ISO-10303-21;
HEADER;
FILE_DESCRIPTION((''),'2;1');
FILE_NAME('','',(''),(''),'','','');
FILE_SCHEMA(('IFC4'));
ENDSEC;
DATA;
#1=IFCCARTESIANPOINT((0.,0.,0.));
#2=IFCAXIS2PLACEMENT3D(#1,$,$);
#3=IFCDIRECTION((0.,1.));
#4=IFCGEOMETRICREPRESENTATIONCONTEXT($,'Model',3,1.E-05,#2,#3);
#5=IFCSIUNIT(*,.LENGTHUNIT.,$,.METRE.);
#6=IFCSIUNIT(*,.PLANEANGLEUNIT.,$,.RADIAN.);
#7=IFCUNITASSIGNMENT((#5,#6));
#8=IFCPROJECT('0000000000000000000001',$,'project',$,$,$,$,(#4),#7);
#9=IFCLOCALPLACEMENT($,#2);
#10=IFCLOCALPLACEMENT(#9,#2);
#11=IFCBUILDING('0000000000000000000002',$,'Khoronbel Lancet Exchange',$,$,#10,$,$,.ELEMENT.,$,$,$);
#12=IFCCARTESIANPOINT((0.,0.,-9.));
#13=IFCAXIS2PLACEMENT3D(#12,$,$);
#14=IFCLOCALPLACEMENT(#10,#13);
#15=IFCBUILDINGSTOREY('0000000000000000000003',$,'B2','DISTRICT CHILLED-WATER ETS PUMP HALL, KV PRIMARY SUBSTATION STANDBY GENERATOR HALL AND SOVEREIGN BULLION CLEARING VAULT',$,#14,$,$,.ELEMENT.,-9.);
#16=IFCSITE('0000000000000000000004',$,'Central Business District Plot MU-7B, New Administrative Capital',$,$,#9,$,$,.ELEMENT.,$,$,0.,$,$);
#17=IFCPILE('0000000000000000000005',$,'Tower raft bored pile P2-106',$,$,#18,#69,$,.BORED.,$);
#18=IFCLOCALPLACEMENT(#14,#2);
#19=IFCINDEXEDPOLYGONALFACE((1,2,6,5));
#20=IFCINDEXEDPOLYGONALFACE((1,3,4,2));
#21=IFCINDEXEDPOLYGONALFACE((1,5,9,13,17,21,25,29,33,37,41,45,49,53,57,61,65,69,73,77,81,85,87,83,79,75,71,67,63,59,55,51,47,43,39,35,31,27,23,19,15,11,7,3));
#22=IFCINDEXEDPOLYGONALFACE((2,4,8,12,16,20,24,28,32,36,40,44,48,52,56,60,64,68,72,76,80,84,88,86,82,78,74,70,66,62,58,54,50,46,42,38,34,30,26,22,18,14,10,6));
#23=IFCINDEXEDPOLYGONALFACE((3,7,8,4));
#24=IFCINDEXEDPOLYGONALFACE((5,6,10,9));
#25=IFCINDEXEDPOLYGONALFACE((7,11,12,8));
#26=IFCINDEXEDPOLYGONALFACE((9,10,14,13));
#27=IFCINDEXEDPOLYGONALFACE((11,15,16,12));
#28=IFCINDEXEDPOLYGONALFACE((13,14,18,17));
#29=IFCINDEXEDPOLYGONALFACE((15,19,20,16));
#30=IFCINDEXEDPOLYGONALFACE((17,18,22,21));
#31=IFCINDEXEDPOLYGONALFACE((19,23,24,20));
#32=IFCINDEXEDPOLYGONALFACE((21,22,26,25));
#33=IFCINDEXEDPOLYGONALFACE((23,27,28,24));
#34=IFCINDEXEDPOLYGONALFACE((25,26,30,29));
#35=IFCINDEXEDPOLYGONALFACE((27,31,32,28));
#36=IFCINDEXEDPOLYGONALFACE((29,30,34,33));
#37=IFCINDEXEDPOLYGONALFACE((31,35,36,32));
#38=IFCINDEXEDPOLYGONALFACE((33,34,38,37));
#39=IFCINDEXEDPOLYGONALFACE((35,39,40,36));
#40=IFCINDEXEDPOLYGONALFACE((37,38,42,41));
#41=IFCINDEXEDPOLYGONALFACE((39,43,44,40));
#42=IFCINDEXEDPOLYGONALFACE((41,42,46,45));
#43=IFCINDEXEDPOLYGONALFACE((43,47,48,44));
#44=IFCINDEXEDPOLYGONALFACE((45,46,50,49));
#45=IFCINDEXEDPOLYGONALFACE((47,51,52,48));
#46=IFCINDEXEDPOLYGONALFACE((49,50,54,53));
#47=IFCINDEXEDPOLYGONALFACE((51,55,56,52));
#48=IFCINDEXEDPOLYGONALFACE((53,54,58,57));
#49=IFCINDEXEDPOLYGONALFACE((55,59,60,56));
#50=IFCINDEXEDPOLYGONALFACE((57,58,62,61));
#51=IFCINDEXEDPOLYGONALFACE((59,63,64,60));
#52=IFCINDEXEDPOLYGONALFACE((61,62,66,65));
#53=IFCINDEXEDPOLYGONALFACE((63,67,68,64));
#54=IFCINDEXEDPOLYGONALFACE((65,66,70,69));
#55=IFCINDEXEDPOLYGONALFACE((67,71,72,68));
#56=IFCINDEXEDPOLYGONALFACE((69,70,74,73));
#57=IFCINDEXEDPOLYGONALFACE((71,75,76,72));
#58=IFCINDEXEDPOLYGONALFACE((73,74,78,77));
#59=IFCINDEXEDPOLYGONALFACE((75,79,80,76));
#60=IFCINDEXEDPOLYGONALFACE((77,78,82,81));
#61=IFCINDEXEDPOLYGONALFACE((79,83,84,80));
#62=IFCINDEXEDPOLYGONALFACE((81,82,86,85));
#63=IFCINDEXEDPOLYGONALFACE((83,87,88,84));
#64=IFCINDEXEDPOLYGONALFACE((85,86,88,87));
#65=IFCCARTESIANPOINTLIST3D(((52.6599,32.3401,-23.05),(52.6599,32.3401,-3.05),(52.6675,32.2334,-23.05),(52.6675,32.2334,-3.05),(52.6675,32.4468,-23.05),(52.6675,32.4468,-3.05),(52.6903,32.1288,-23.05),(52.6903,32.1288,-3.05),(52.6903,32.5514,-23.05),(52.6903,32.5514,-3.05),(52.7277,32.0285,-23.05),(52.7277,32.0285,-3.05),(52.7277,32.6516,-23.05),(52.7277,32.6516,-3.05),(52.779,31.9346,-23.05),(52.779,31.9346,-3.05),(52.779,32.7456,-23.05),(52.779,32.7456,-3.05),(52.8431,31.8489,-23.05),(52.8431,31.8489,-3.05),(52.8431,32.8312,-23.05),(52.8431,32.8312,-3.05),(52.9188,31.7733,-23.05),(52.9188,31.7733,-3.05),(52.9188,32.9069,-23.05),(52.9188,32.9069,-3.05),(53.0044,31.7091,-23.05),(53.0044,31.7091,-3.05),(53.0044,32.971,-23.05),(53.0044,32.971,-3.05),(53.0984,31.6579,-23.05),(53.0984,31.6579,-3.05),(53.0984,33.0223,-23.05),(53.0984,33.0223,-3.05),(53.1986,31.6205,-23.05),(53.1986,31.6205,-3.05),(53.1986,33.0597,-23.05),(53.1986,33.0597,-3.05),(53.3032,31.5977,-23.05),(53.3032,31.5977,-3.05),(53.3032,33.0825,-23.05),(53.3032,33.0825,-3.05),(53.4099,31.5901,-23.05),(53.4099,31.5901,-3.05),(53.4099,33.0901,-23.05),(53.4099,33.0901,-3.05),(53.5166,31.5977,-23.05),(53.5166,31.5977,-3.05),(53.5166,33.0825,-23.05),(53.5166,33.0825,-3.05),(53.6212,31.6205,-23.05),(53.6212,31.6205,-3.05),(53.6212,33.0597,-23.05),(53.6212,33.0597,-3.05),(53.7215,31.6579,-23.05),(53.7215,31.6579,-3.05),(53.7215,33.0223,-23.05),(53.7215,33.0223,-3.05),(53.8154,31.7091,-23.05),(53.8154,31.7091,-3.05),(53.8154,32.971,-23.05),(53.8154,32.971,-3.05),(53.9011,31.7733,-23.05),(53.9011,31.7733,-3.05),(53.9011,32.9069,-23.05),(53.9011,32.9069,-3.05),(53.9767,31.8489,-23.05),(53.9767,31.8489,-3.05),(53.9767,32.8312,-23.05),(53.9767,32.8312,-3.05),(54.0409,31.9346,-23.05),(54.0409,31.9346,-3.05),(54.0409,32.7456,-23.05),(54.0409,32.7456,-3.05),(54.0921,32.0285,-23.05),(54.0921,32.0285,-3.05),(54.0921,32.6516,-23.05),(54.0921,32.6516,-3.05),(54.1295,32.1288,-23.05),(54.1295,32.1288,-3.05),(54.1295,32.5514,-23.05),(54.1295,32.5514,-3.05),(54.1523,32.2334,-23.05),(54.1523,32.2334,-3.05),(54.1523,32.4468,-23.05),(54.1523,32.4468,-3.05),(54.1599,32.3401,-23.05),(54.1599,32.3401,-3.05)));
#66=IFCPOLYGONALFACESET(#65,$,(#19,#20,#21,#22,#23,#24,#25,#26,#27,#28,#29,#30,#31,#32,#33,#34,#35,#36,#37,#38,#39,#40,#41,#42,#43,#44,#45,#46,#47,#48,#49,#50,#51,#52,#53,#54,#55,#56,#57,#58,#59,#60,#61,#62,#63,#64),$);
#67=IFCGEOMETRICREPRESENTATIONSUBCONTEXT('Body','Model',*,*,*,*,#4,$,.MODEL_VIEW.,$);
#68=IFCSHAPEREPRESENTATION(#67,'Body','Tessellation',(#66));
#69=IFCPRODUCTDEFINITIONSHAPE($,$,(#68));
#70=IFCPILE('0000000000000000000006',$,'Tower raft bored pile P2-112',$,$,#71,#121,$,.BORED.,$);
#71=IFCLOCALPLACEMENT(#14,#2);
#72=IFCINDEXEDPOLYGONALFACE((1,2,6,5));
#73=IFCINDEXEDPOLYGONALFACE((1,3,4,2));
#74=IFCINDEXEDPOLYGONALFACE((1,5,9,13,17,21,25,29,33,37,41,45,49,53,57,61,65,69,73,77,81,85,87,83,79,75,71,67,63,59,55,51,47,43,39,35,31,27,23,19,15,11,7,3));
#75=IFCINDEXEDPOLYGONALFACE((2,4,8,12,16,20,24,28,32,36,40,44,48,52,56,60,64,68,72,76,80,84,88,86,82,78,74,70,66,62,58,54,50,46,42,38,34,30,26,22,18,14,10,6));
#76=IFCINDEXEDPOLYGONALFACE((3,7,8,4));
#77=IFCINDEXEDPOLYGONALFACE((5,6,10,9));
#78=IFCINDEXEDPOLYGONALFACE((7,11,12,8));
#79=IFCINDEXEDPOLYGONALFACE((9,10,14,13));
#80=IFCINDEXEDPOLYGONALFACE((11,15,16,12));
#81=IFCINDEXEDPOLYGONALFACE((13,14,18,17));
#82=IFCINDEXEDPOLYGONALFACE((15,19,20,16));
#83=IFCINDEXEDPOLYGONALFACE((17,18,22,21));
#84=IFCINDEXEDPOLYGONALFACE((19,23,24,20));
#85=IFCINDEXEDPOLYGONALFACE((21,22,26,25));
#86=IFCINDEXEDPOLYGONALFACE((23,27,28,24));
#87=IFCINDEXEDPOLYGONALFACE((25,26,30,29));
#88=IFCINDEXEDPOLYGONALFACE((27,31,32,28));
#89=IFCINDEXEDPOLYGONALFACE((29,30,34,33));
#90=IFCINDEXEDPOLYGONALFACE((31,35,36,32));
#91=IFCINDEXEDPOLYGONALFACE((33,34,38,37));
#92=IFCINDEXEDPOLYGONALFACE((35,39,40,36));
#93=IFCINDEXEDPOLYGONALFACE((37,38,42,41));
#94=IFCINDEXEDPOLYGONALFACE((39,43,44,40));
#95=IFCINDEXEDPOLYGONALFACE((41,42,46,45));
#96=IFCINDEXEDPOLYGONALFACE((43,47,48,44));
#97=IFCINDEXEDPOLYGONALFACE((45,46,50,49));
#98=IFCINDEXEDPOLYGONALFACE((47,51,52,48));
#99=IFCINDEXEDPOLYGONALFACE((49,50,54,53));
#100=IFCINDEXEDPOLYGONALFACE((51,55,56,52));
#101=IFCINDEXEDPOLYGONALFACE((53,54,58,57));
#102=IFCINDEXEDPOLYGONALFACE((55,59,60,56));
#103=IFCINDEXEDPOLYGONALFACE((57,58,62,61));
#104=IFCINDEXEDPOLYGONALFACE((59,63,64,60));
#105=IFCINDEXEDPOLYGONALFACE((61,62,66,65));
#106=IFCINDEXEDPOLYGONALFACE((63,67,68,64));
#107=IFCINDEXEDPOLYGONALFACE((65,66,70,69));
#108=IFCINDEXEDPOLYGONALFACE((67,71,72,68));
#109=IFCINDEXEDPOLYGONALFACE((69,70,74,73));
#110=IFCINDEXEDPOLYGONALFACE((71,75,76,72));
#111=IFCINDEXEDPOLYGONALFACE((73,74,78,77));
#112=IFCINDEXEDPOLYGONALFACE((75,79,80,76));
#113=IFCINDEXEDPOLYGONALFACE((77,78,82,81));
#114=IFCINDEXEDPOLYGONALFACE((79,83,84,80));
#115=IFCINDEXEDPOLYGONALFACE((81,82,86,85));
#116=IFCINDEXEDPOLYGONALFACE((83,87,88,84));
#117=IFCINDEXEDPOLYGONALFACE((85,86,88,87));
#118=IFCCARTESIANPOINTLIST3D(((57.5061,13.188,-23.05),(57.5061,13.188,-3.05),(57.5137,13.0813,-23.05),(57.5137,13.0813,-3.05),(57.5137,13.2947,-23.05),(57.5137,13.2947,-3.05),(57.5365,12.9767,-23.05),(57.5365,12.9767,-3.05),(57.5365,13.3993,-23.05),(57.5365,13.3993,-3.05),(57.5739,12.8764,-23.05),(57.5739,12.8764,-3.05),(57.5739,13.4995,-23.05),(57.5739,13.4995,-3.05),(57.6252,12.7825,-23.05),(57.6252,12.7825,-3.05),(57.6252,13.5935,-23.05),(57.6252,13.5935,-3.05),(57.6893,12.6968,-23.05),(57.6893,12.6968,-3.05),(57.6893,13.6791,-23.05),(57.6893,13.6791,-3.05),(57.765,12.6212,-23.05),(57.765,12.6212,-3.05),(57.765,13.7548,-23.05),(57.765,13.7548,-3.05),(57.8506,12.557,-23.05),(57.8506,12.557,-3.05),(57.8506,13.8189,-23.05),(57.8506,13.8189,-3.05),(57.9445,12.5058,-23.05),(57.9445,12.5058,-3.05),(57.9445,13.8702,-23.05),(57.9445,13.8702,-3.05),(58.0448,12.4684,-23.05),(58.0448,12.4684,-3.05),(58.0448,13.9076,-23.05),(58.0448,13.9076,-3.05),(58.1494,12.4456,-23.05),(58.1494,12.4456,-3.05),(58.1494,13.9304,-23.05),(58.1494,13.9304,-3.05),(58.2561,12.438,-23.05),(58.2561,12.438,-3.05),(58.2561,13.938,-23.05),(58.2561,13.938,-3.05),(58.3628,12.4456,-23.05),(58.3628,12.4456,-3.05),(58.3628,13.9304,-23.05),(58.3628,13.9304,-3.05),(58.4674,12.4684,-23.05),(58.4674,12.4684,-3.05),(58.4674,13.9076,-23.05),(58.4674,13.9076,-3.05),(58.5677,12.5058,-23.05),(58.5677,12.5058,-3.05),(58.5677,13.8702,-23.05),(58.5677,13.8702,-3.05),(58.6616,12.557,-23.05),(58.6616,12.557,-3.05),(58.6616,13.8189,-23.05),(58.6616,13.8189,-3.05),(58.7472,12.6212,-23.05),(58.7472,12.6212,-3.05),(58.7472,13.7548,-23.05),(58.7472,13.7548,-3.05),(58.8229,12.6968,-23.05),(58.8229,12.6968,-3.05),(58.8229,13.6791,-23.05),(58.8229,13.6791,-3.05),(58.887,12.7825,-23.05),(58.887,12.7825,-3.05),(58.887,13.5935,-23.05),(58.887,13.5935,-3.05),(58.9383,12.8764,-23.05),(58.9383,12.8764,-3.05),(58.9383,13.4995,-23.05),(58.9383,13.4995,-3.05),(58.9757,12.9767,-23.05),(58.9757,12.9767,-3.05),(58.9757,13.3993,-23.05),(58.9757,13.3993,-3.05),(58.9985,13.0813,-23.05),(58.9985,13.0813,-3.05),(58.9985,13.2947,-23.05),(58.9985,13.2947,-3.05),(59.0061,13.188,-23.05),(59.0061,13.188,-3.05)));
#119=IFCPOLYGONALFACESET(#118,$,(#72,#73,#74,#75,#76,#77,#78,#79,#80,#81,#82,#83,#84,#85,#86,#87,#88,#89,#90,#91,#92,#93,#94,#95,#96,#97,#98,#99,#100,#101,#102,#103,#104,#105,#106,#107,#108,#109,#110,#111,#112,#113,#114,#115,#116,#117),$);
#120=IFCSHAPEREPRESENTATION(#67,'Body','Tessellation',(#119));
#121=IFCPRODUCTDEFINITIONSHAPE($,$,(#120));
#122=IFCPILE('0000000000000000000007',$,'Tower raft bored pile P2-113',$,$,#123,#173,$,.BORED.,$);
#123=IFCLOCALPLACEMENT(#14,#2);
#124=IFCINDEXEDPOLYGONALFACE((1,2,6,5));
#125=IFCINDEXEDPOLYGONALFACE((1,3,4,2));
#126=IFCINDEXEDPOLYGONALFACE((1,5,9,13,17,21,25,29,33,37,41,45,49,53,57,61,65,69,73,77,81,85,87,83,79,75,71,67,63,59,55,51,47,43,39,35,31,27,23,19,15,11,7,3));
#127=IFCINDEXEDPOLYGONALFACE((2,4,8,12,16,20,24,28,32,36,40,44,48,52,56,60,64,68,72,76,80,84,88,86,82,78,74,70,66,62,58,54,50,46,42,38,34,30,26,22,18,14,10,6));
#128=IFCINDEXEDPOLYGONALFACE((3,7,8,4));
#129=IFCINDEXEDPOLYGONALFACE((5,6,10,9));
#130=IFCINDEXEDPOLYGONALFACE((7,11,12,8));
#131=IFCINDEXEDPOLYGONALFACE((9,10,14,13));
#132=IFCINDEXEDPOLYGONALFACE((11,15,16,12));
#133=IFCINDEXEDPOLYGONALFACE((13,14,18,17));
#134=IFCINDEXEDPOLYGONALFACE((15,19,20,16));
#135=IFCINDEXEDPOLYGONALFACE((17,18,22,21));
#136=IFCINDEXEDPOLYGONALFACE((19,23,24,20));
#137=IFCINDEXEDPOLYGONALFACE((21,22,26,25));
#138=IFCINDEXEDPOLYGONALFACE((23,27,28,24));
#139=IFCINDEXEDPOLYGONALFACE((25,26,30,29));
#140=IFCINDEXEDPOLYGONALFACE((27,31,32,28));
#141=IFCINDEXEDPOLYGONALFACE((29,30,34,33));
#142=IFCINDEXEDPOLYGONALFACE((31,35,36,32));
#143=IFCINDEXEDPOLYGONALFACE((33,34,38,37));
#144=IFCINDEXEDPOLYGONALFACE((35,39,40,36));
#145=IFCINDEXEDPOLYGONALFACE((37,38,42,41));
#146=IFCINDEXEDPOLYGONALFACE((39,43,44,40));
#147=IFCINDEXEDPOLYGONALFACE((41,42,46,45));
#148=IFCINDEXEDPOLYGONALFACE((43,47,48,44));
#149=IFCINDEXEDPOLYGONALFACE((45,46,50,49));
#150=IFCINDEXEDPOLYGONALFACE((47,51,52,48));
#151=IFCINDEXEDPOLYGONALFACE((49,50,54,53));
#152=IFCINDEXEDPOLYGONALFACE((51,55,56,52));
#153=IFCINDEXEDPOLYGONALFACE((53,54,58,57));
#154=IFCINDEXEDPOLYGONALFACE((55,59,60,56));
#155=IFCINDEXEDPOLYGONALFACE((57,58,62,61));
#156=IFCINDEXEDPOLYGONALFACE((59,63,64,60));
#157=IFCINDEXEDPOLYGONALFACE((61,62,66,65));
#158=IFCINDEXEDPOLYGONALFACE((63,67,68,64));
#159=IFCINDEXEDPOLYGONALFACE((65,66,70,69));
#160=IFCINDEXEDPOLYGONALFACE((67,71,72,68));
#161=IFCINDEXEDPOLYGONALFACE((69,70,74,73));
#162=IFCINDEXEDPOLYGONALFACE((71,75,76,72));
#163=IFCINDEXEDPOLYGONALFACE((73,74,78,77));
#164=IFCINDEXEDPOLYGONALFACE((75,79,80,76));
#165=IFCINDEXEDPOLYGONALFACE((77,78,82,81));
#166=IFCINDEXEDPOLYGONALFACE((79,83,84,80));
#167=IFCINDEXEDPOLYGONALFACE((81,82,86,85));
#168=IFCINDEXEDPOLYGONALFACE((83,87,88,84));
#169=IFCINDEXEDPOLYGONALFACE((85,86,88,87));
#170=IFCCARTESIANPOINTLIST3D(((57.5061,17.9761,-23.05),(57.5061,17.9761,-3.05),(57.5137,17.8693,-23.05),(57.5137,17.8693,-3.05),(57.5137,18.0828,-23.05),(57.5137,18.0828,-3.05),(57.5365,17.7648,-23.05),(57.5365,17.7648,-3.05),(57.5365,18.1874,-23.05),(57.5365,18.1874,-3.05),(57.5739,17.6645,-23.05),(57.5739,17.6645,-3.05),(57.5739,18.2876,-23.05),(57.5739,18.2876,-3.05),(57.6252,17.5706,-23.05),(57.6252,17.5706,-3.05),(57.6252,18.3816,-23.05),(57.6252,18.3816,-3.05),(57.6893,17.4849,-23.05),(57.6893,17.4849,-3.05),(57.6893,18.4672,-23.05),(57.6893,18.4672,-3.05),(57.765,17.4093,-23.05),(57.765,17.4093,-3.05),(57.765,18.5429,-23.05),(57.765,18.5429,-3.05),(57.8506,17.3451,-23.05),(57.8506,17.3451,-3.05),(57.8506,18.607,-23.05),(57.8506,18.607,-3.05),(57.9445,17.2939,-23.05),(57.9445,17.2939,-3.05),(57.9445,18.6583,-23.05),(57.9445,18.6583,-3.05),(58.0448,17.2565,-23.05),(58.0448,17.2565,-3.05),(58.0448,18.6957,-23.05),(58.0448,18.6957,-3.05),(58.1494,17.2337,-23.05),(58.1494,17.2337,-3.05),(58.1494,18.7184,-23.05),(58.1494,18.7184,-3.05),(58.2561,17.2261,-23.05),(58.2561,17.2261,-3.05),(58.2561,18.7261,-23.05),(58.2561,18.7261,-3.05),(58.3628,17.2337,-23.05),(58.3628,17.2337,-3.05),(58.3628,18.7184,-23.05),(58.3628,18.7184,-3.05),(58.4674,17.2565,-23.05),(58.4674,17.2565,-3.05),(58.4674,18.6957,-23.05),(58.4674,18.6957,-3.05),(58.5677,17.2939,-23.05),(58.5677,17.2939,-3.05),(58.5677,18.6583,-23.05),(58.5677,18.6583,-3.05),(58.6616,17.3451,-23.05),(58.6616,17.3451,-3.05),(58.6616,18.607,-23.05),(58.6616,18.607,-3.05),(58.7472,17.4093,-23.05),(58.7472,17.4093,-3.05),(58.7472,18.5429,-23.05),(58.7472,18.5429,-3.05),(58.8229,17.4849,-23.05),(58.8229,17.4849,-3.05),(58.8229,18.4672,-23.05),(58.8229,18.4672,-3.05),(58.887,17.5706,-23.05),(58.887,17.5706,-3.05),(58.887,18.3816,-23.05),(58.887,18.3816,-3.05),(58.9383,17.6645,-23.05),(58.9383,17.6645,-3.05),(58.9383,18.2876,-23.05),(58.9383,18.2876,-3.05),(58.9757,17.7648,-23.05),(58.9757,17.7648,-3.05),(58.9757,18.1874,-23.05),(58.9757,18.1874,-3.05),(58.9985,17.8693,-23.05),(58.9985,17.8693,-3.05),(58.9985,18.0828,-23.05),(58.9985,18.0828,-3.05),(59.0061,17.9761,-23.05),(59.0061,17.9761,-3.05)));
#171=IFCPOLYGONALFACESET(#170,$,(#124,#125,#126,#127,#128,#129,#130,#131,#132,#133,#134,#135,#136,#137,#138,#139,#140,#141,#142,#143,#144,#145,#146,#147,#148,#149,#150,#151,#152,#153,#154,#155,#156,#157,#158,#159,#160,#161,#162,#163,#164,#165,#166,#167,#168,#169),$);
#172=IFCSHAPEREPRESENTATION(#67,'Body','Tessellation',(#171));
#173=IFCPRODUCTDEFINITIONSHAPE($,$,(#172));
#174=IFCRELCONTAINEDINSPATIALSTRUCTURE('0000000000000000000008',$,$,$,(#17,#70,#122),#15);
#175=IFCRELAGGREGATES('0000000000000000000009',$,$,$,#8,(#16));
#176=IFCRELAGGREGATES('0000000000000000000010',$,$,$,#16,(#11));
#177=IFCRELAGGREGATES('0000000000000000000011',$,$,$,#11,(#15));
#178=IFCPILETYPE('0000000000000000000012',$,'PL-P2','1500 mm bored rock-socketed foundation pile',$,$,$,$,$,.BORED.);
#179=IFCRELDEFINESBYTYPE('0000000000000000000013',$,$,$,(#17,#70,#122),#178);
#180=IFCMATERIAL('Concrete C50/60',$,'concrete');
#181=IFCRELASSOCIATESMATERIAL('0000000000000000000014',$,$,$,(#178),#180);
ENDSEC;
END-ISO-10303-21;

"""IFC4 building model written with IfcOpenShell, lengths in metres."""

from ifc_helpers import new_model, si_unit, direction, frame, origin, origin_2d, place, context, subcontext, project, spatial, circle, extrude, material, material_profile, profile_set, type_object, element, save


model = new_model("IFC4")

# Units and contexts
model_context = context("Model", 3, precision=1e-05, world=origin(), true_north=direction((0.0, 1.0)))
body_context = subcontext(model_context, "Body", "Model", "MODEL_VIEW")
ifc_project = project(units=[si_unit("LENGTHUNIT", "METRE"), si_unit("PLANEANGLEUNIT", "RADIAN")], contexts=[model_context])

# Site, building, storey
site_placement = place(None, origin())
site = spatial("IfcSite", under=ifc_project, at=site_placement, Name="Central Business District Plot MU-7B, New Administrative Capital", CompositionType="ELEMENT", RefElevation=0.0)
building_placement = place(site_placement, origin())
building = spatial("IfcBuilding", under=site, at=building_placement, Name="Khoronbel Lancet Exchange", CompositionType="ELEMENT")
storey_placement = place(building_placement, frame((0.0, 0.0, -9.0)))
storey = spatial("IfcBuildingStorey", under=building, at=storey_placement, Name="B2", Description="DISTRICT CHILLED-WATER ETS PUMP HALL, KV PRIMARY SUBSTATION STANDBY GENERATOR HALL AND SOVEREIGN BULLION CLEARING VAULT", CompositionType="ELEMENT", Elevation=-9.0)

# Piles
ifc_material = material(Name="Concrete C50/60", Category="concrete")
ifc_material_profile = material_profile(ifc_material, circle(Radius=0.75, at=origin_2d()), Name="BORED PILE D1500")
ifc_profile_set = profile_set([ifc_material_profile], Name="Concrete C50/60")
pile_type = type_object("IfcPileType", Name="PL-P2", Description="1500 mm bored rock-socketed foundation pile", PredefinedType="BORED", material=ifc_profile_set)
for number, where, z_axis, x_axis, name in (
    (1, (53.4099, 32.3401, -3.05), (0.0, 0.0, -1.0), (1.0, 0.0, 0.0), "Tower raft bored pile P2-106"),
    (2, (58.2561, 13.188, -3.05), (0.0, 0.0, -1.0), (1.0, 0.0, 0.0), "Tower raft bored pile P2-112"),
    (3, (58.2561, 17.9761, -3.05), (0.0, 0.0, -1.0), (1.0, 0.0, 0.0), "Tower raft bored pile P2-113"),
):
    element("IfcPile", number, at=place(storey_placement, frame(where, z_axis=z_axis, x_axis=x_axis)), inside=storey, type_object=pile_type, Name=name, PredefinedType="BORED", context=body_context, shape_type="SweptSolid", body=[
        extrude(circle(Radius=0.75, at=origin_2d()), origin(), (0.0, 0.0, 1.0), 20.0),
    ])

save(model, "model.ifc")
